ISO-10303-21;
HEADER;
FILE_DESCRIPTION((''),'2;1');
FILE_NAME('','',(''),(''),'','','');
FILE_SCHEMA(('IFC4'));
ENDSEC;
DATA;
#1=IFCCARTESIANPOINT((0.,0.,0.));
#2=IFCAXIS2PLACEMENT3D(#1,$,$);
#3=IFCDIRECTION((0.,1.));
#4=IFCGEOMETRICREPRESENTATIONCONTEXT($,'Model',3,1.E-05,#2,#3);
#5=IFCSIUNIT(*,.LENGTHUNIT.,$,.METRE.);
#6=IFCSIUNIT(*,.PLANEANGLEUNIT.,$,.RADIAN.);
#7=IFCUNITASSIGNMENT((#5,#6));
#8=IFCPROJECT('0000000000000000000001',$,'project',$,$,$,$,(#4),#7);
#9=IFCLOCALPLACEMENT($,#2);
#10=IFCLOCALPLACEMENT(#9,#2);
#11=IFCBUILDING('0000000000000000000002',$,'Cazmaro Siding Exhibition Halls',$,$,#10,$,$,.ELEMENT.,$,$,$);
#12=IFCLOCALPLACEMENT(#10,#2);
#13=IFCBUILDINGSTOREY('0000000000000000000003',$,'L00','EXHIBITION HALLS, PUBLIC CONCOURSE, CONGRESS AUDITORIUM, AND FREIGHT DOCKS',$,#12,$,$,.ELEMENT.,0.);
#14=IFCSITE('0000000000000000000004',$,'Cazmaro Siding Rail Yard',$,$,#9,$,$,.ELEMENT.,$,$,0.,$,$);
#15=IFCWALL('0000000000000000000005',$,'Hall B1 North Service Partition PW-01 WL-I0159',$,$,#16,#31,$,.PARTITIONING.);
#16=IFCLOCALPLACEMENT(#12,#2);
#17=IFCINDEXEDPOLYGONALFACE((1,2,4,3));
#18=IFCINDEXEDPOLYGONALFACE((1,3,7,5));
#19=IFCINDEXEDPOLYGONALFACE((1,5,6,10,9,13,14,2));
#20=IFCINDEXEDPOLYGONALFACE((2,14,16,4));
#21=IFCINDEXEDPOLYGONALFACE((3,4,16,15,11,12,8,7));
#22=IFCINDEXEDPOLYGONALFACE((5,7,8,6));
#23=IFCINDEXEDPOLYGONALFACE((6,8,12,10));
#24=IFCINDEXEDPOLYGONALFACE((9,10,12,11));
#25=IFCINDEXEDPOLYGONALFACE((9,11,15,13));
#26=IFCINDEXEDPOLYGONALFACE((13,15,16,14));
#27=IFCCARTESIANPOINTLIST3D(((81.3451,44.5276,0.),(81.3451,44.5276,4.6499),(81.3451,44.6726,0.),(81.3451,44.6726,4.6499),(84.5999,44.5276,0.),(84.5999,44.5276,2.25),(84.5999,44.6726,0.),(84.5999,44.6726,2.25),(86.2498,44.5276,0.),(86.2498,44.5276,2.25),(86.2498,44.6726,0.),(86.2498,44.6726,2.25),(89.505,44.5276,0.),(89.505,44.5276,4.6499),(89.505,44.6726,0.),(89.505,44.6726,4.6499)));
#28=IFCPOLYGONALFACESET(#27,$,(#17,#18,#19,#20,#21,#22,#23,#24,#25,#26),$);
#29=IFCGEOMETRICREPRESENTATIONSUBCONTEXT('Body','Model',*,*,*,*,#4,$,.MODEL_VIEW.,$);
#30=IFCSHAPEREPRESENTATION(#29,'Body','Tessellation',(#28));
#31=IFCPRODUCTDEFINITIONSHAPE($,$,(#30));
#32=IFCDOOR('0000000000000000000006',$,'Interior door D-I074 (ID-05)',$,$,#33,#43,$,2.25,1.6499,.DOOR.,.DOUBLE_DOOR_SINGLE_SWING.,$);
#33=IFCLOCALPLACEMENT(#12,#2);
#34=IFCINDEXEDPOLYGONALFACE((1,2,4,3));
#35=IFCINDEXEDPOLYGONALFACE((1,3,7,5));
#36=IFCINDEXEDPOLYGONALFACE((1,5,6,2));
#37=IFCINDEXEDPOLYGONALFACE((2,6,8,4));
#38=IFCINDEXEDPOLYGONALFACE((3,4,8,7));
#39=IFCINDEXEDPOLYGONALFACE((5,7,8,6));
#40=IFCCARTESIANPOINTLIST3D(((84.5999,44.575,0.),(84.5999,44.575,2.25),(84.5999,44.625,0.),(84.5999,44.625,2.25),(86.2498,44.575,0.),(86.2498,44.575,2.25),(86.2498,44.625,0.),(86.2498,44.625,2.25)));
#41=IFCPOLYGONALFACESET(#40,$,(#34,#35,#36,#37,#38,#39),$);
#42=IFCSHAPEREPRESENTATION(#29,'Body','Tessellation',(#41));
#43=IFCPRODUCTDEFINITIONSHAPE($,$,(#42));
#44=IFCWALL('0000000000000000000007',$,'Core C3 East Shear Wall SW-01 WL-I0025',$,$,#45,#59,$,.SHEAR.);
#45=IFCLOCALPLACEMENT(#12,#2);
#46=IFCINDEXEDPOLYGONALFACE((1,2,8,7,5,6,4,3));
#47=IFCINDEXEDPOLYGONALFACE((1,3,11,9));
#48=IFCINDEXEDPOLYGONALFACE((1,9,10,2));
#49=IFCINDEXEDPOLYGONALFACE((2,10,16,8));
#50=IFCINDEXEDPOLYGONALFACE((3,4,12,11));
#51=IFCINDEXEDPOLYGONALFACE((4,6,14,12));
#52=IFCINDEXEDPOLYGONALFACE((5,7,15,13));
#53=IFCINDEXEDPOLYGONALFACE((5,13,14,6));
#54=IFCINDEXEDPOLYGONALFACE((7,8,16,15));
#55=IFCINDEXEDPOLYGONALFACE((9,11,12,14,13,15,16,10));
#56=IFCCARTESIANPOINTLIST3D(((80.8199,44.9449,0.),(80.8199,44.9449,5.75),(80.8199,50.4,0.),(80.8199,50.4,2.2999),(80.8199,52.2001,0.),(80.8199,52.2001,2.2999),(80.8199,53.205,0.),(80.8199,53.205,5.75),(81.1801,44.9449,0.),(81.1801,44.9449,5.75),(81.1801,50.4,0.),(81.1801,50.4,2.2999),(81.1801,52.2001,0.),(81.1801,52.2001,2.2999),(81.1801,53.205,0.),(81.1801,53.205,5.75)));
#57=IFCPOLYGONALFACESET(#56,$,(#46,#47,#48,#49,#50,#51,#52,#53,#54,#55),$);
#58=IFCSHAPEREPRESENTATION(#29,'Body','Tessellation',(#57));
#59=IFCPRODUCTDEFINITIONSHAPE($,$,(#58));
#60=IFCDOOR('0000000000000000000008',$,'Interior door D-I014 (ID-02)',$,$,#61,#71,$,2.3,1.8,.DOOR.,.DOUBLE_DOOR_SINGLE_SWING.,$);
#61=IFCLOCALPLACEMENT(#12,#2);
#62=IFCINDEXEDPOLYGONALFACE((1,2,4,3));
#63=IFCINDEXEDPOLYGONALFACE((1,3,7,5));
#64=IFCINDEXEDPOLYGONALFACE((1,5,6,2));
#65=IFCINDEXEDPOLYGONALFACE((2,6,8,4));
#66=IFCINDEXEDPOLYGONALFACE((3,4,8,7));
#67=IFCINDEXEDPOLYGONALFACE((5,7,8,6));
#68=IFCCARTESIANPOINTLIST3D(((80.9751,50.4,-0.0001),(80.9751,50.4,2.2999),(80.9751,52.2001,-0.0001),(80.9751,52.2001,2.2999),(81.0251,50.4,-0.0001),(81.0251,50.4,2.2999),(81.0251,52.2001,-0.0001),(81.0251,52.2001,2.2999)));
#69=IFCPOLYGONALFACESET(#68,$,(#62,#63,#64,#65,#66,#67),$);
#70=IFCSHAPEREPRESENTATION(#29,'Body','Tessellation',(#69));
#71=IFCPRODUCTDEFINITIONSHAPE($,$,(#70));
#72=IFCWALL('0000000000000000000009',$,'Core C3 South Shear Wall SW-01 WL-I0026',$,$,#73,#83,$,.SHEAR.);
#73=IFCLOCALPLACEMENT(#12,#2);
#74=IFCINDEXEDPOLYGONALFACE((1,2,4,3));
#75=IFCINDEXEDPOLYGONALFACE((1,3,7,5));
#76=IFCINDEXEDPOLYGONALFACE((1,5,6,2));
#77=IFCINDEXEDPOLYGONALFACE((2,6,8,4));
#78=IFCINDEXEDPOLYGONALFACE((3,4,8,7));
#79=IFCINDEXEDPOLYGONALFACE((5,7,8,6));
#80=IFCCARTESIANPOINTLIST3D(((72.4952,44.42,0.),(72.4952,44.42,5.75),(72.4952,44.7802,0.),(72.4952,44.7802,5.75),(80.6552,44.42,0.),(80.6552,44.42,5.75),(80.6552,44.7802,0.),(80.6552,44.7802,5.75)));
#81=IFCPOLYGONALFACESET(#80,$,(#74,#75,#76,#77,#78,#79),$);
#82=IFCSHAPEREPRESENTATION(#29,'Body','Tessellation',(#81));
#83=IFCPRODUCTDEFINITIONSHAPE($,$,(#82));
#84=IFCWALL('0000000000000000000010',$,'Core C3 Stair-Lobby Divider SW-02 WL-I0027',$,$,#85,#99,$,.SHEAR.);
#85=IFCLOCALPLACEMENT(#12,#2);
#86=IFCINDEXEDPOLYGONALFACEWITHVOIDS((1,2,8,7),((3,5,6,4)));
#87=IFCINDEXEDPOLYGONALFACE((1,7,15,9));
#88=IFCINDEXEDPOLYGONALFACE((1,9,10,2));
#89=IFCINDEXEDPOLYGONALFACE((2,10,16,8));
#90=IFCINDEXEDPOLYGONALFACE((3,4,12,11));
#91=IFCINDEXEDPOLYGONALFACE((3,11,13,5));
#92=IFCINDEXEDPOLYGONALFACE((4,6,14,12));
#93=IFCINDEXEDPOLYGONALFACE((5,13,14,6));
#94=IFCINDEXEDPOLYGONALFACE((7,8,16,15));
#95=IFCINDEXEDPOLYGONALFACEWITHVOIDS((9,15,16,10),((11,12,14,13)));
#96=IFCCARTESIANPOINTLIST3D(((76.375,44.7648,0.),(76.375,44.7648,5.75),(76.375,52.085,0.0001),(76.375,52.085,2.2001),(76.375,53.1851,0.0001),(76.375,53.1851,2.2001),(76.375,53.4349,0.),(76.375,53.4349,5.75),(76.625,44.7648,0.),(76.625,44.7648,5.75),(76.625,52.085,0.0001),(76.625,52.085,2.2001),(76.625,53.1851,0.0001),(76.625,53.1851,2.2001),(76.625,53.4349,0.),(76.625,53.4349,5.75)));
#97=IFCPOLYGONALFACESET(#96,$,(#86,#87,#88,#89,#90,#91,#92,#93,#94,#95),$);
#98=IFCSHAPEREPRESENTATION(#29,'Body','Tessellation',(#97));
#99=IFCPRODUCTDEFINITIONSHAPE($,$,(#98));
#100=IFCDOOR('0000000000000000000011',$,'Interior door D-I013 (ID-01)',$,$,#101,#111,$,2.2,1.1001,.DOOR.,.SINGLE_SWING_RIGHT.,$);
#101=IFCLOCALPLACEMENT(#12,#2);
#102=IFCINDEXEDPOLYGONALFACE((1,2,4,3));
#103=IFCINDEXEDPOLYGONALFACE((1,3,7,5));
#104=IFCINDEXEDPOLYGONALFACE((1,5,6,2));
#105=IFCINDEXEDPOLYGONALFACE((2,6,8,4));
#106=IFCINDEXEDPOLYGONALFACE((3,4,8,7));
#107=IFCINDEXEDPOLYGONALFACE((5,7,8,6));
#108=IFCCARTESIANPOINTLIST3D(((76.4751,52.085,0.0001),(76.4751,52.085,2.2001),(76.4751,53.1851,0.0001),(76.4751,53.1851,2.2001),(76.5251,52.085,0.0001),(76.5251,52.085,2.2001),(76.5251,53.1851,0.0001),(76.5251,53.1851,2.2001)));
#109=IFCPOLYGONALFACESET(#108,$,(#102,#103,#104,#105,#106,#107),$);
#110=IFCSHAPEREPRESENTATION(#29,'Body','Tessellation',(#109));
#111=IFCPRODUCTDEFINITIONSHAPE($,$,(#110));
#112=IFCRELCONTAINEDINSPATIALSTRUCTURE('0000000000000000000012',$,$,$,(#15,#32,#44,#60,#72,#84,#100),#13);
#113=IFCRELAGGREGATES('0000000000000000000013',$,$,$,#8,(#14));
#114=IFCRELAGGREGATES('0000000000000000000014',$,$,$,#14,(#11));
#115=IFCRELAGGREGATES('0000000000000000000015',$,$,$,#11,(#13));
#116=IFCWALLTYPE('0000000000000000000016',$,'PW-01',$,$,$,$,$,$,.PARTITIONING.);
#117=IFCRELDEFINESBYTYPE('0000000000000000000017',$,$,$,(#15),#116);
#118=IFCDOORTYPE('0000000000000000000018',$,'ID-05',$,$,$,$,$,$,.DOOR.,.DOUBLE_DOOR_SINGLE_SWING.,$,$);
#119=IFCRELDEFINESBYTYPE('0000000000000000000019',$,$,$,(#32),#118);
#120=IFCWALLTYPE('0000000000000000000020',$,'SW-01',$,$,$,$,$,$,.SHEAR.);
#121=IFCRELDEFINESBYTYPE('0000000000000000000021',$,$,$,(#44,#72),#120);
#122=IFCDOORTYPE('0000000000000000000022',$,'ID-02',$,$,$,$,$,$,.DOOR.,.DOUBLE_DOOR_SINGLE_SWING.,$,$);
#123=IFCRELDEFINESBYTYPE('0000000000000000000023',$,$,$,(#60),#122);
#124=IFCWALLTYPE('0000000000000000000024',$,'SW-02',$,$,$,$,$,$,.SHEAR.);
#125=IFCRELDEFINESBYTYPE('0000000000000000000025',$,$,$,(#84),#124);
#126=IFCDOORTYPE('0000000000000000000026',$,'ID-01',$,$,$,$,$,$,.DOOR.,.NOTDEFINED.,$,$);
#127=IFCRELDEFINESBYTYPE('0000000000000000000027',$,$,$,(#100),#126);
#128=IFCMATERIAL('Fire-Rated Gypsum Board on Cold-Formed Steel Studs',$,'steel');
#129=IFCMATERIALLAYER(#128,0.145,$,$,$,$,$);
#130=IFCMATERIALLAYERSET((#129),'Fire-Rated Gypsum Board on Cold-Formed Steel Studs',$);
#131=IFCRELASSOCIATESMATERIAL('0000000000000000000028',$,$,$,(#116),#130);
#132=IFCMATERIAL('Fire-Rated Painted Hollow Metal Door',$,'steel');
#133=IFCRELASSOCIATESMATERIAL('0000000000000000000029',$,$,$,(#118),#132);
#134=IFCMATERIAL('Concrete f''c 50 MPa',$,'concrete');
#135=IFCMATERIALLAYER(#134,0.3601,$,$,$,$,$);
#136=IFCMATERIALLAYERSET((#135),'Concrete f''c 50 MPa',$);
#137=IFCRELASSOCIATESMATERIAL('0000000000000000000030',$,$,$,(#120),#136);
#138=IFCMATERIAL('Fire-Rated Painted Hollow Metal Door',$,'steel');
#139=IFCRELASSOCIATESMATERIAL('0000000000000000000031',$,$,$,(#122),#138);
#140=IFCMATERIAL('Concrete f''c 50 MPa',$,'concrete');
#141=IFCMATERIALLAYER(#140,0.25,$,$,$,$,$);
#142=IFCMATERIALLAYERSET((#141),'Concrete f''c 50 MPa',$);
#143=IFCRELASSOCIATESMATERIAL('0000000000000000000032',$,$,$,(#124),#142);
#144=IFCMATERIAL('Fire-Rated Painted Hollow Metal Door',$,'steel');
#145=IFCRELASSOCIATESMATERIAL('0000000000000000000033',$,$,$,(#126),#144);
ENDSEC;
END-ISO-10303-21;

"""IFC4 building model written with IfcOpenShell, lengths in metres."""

from ifc_helpers import new_model, si_unit, direction, frame, frame_2d, origin, place, context, subcontext, project, spatial, rectangle, extrude, material, layer, layer_set, type_object, element, fill, save


model = new_model("IFC4")

# Units and contexts
model_context = context("Model", 3, precision=1e-05, world=origin(), true_north=direction((0.0, 1.0)))
body_context = subcontext(model_context, "Body", "Model", "MODEL_VIEW")
ifc_project = project(units=[si_unit("LENGTHUNIT", "METRE"), si_unit("PLANEANGLEUNIT", "RADIAN")], contexts=[model_context])

# Site, building, storey
site_placement = place(None, origin())
site = spatial("IfcSite", under=ifc_project, at=site_placement, Name="Cazmaro Siding Rail Yard", CompositionType="ELEMENT", RefElevation=0.0)
building_placement = place(site_placement, origin())
building = spatial("IfcBuilding", under=site, at=building_placement, Name="Cazmaro Siding Exhibition Halls", CompositionType="ELEMENT")
storey_placement = place(building_placement, origin())
storey = spatial("IfcBuildingStorey", under=building, at=storey_placement, Name="L00", Description="EXHIBITION HALLS, PUBLIC CONCOURSE, CONGRESS AUDITORIUM, AND FREIGHT DOCKS", CompositionType="ELEMENT", Elevation=0.0)

# Walls, openings, doors
ifc_material_1 = material(Name="Fire-Rated Gypsum Board on Cold-Formed Steel Studs", Category="steel")
ifc_layer_1 = layer(ifc_material_1, 0.145)
ifc_layer_set_1 = layer_set([ifc_layer_1], Name="Fire-Rated Gypsum Board on Cold-Formed Steel Studs")
wall_type_1 = type_object("IfcWallType", Name="PW-01", PredefinedType="PARTITIONING", material=ifc_layer_set_1)
wall_1_placement = place(storey_placement, frame((81.345, 44.6001, 0.0), z_axis=(0.0, 0.0, 1.0), x_axis=(1.0, 0.0, 0.0)))
wall_1 = element("IfcWall", 1, at=wall_1_placement, inside=storey, type_object=wall_type_1, Name="Hall B1 North Service Partition PW-01 WL-I0159", PredefinedType="PARTITIONING", context=body_context, shape_type="SweptSolid", body=[
    extrude(rectangle(XDim=8.1599, YDim=0.145, at=frame_2d((4.0801, 0.0))), origin(), (0.0, 0.0, 1.0), 4.6499),
])
opening_1_placement = place(wall_1_placement, frame((3.2549, 0.0, 0.0)))
opening_1 = element("IfcOpeningElement", 2, at=opening_1_placement, cuts=wall_1, PredefinedType="OPENING", context=body_context, shape_type="SweptSolid", body=[
    extrude(rectangle(XDim=1.6499, YDim=2.25, at=frame_2d((0.825, 1.125))), frame((0.0, 0.0825, 0.0), z_axis=(0.0, -1.0, 0.0), x_axis=(1.0, 0.0, 0.0)), (0.0, 0.0, 1.0), 0.165),
])
ifc_material_2 = material(Name="Fire-Rated Painted Hollow Metal Door", Category="steel")
door_type_1 = type_object("IfcDoorType", Name="ID-05", OperationType="DOUBLE_DOOR_SINGLE_SWING", PredefinedType="DOOR", material=ifc_material_2)
door_1_placement = place(opening_1_placement, origin())
door_1 = element("IfcDoor", 3, at=door_1_placement, inside=storey, type_object=door_type_1, Name="Interior door D-I074 (ID-05)", OperationType="DOUBLE_DOOR_SINGLE_SWING", OverallHeight=2.25, OverallWidth=1.6499, PredefinedType="DOOR", context=body_context, shape_type="SweptSolid", body=[
    extrude(rectangle(XDim=1.6499, YDim=2.25, at=frame_2d((0.825, 1.125))), frame((0.0, 0.0249, 0.0), z_axis=(0.0, -1.0, 0.0), x_axis=(1.0, 0.0, 0.0)), (0.0, 0.0, 1.0), 0.05),
])
fill(opening_1, door_1)
ifc_material_3 = material(Name="Concrete f'c 50 MPa", Category="concrete")
ifc_layer_2 = layer(ifc_material_3, 0.3601)
ifc_layer_set_2 = layer_set([ifc_layer_2], Name="Concrete f'c 50 MPa")
wall_type_2 = type_object("IfcWallType", Name="SW-01", PredefinedType="SHEAR", material=ifc_layer_set_2)
wall_2_placement = place(storey_placement, frame((81.0, 44.9451, 0.0), z_axis=(0.0, 0.0, 1.0), x_axis=(0.0, 1.0, 0.0)))
wall_2 = element("IfcWall", 4, at=wall_2_placement, inside=storey, type_object=wall_type_2, Name="Core C3 East Shear Wall SW-01 WL-I0025", PredefinedType="SHEAR", context=body_context, shape_type="SweptSolid", body=[
    extrude(rectangle(XDim=8.26, YDim=0.3601, at=frame_2d((4.1299, 0.0))), origin(), (0.0, 0.0, 1.0), 5.75),
])
opening_2_placement = place(wall_2_placement, frame((5.4551, 0.0, 0.0)))
opening_2 = element("IfcOpeningElement", 5, at=opening_2_placement, cuts=wall_2, PredefinedType="OPENING", context=body_context, shape_type="SweptSolid", body=[
    extrude(rectangle(XDim=1.8, YDim=2.3, at=frame_2d((0.8999, 1.1499))), frame((0.0, 0.1899, 0.0), z_axis=(0.0, -1.0, 0.0), x_axis=(1.0, 0.0, 0.0)), (0.0, 0.0, 1.0), 0.3801),
])
ifc_material_4 = material(Name="Fire-Rated Painted Hollow Metal Door", Category="steel")
door_type_2 = type_object("IfcDoorType", Name="ID-02", OperationType="DOUBLE_DOOR_SINGLE_SWING", PredefinedType="DOOR", material=ifc_material_4)
door_2_placement = place(opening_2_placement, origin())
door_2 = element("IfcDoor", 6, at=door_2_placement, inside=storey, type_object=door_type_2, Name="Interior door D-I014 (ID-02)", OperationType="DOUBLE_DOOR_SINGLE_SWING", OverallHeight=2.3, OverallWidth=1.8, PredefinedType="DOOR", context=body_context, shape_type="SweptSolid", body=[
    extrude(rectangle(XDim=1.8, YDim=2.3, at=frame_2d((0.8999, 1.1499))), frame((0.0, 0.0249, 0.0), z_axis=(0.0, -1.0, 0.0), x_axis=(1.0, 0.0, 0.0)), (0.0, 0.0, 1.0), 0.05),
])
fill(opening_2, door_2)

# Wall
wall_3_placement = place(storey_placement, frame((72.4951, 44.6001, 0.0), z_axis=(0.0, 0.0, 1.0), x_axis=(1.0, 0.0, 0.0)))
element("IfcWall", 7, at=wall_3_placement, inside=storey, type_object=wall_type_2, Name="Core C3 South Shear Wall SW-01 WL-I0026", PredefinedType="SHEAR", context=body_context, shape_type="SweptSolid", body=[
    extrude(rectangle(XDim=8.1599, YDim=0.3601, at=frame_2d((4.0801, 0.0))), origin(), (0.0, 0.0, 1.0), 5.75),
])

# Wall, opening, door
ifc_material_5 = material(Name="Concrete f'c 50 MPa", Category="concrete")
ifc_layer_3 = layer(ifc_material_5, 0.25)
ifc_layer_set_3 = layer_set([ifc_layer_3], Name="Concrete f'c 50 MPa")
wall_type_3 = type_object("IfcWallType", Name="SW-02", PredefinedType="SHEAR", material=ifc_layer_set_3)
wall_4_placement = place(storey_placement, frame((76.5, 44.7649, 0.0), z_axis=(0.0, 0.0, 1.0), x_axis=(0.0, 1.0, 0.0)))
wall_4 = element("IfcWall", 8, at=wall_4_placement, inside=storey, type_object=wall_type_3, Name="Core C3 Stair-Lobby Divider SW-02 WL-I0027", PredefinedType="SHEAR", context=body_context, shape_type="SweptSolid", body=[
    extrude(rectangle(XDim=8.6702, YDim=0.25, at=frame_2d((4.335, 0.0))), origin(), (0.0, 0.0, 1.0), 5.75),
])
opening_3_placement = place(wall_4_placement, frame((7.3201, 0.0, 0.0)))
opening_3 = element("IfcOpeningElement", 9, at=opening_3_placement, cuts=wall_4, PredefinedType="OPENING", context=body_context, shape_type="SweptSolid", body=[
    extrude(rectangle(XDim=1.1001, YDim=2.2, at=frame_2d((0.55, 1.1001))), frame((0.0, 0.135, 0.0), z_axis=(0.0, -1.0, 0.0), x_axis=(1.0, 0.0, 0.0)), (0.0, 0.0, 1.0), 0.27),
])
ifc_material_6 = material(Name="Fire-Rated Painted Hollow Metal Door", Category="steel")
door_type_3 = type_object("IfcDoorType", Name="ID-01", OperationType="NOTDEFINED", PredefinedType="DOOR", material=ifc_material_6)
door_3_placement = place(opening_3_placement, origin())
door_3 = element("IfcDoor", 10, at=door_3_placement, inside=storey, type_object=door_type_3, Name="Interior door D-I013 (ID-01)", OperationType="SINGLE_SWING_RIGHT", OverallHeight=2.2, OverallWidth=1.1001, PredefinedType="DOOR", context=body_context, shape_type="SweptSolid", body=[
    extrude(rectangle(XDim=1.1001, YDim=2.2, at=frame_2d((0.55, 1.1001))), frame((0.0, 0.0249, 0.0), z_axis=(0.0, -1.0, 0.0), x_axis=(1.0, 0.0, 0.0)), (0.0, 0.0, 1.0), 0.05),
])
fill(opening_3, door_3)

save(model, "model.ifc")
